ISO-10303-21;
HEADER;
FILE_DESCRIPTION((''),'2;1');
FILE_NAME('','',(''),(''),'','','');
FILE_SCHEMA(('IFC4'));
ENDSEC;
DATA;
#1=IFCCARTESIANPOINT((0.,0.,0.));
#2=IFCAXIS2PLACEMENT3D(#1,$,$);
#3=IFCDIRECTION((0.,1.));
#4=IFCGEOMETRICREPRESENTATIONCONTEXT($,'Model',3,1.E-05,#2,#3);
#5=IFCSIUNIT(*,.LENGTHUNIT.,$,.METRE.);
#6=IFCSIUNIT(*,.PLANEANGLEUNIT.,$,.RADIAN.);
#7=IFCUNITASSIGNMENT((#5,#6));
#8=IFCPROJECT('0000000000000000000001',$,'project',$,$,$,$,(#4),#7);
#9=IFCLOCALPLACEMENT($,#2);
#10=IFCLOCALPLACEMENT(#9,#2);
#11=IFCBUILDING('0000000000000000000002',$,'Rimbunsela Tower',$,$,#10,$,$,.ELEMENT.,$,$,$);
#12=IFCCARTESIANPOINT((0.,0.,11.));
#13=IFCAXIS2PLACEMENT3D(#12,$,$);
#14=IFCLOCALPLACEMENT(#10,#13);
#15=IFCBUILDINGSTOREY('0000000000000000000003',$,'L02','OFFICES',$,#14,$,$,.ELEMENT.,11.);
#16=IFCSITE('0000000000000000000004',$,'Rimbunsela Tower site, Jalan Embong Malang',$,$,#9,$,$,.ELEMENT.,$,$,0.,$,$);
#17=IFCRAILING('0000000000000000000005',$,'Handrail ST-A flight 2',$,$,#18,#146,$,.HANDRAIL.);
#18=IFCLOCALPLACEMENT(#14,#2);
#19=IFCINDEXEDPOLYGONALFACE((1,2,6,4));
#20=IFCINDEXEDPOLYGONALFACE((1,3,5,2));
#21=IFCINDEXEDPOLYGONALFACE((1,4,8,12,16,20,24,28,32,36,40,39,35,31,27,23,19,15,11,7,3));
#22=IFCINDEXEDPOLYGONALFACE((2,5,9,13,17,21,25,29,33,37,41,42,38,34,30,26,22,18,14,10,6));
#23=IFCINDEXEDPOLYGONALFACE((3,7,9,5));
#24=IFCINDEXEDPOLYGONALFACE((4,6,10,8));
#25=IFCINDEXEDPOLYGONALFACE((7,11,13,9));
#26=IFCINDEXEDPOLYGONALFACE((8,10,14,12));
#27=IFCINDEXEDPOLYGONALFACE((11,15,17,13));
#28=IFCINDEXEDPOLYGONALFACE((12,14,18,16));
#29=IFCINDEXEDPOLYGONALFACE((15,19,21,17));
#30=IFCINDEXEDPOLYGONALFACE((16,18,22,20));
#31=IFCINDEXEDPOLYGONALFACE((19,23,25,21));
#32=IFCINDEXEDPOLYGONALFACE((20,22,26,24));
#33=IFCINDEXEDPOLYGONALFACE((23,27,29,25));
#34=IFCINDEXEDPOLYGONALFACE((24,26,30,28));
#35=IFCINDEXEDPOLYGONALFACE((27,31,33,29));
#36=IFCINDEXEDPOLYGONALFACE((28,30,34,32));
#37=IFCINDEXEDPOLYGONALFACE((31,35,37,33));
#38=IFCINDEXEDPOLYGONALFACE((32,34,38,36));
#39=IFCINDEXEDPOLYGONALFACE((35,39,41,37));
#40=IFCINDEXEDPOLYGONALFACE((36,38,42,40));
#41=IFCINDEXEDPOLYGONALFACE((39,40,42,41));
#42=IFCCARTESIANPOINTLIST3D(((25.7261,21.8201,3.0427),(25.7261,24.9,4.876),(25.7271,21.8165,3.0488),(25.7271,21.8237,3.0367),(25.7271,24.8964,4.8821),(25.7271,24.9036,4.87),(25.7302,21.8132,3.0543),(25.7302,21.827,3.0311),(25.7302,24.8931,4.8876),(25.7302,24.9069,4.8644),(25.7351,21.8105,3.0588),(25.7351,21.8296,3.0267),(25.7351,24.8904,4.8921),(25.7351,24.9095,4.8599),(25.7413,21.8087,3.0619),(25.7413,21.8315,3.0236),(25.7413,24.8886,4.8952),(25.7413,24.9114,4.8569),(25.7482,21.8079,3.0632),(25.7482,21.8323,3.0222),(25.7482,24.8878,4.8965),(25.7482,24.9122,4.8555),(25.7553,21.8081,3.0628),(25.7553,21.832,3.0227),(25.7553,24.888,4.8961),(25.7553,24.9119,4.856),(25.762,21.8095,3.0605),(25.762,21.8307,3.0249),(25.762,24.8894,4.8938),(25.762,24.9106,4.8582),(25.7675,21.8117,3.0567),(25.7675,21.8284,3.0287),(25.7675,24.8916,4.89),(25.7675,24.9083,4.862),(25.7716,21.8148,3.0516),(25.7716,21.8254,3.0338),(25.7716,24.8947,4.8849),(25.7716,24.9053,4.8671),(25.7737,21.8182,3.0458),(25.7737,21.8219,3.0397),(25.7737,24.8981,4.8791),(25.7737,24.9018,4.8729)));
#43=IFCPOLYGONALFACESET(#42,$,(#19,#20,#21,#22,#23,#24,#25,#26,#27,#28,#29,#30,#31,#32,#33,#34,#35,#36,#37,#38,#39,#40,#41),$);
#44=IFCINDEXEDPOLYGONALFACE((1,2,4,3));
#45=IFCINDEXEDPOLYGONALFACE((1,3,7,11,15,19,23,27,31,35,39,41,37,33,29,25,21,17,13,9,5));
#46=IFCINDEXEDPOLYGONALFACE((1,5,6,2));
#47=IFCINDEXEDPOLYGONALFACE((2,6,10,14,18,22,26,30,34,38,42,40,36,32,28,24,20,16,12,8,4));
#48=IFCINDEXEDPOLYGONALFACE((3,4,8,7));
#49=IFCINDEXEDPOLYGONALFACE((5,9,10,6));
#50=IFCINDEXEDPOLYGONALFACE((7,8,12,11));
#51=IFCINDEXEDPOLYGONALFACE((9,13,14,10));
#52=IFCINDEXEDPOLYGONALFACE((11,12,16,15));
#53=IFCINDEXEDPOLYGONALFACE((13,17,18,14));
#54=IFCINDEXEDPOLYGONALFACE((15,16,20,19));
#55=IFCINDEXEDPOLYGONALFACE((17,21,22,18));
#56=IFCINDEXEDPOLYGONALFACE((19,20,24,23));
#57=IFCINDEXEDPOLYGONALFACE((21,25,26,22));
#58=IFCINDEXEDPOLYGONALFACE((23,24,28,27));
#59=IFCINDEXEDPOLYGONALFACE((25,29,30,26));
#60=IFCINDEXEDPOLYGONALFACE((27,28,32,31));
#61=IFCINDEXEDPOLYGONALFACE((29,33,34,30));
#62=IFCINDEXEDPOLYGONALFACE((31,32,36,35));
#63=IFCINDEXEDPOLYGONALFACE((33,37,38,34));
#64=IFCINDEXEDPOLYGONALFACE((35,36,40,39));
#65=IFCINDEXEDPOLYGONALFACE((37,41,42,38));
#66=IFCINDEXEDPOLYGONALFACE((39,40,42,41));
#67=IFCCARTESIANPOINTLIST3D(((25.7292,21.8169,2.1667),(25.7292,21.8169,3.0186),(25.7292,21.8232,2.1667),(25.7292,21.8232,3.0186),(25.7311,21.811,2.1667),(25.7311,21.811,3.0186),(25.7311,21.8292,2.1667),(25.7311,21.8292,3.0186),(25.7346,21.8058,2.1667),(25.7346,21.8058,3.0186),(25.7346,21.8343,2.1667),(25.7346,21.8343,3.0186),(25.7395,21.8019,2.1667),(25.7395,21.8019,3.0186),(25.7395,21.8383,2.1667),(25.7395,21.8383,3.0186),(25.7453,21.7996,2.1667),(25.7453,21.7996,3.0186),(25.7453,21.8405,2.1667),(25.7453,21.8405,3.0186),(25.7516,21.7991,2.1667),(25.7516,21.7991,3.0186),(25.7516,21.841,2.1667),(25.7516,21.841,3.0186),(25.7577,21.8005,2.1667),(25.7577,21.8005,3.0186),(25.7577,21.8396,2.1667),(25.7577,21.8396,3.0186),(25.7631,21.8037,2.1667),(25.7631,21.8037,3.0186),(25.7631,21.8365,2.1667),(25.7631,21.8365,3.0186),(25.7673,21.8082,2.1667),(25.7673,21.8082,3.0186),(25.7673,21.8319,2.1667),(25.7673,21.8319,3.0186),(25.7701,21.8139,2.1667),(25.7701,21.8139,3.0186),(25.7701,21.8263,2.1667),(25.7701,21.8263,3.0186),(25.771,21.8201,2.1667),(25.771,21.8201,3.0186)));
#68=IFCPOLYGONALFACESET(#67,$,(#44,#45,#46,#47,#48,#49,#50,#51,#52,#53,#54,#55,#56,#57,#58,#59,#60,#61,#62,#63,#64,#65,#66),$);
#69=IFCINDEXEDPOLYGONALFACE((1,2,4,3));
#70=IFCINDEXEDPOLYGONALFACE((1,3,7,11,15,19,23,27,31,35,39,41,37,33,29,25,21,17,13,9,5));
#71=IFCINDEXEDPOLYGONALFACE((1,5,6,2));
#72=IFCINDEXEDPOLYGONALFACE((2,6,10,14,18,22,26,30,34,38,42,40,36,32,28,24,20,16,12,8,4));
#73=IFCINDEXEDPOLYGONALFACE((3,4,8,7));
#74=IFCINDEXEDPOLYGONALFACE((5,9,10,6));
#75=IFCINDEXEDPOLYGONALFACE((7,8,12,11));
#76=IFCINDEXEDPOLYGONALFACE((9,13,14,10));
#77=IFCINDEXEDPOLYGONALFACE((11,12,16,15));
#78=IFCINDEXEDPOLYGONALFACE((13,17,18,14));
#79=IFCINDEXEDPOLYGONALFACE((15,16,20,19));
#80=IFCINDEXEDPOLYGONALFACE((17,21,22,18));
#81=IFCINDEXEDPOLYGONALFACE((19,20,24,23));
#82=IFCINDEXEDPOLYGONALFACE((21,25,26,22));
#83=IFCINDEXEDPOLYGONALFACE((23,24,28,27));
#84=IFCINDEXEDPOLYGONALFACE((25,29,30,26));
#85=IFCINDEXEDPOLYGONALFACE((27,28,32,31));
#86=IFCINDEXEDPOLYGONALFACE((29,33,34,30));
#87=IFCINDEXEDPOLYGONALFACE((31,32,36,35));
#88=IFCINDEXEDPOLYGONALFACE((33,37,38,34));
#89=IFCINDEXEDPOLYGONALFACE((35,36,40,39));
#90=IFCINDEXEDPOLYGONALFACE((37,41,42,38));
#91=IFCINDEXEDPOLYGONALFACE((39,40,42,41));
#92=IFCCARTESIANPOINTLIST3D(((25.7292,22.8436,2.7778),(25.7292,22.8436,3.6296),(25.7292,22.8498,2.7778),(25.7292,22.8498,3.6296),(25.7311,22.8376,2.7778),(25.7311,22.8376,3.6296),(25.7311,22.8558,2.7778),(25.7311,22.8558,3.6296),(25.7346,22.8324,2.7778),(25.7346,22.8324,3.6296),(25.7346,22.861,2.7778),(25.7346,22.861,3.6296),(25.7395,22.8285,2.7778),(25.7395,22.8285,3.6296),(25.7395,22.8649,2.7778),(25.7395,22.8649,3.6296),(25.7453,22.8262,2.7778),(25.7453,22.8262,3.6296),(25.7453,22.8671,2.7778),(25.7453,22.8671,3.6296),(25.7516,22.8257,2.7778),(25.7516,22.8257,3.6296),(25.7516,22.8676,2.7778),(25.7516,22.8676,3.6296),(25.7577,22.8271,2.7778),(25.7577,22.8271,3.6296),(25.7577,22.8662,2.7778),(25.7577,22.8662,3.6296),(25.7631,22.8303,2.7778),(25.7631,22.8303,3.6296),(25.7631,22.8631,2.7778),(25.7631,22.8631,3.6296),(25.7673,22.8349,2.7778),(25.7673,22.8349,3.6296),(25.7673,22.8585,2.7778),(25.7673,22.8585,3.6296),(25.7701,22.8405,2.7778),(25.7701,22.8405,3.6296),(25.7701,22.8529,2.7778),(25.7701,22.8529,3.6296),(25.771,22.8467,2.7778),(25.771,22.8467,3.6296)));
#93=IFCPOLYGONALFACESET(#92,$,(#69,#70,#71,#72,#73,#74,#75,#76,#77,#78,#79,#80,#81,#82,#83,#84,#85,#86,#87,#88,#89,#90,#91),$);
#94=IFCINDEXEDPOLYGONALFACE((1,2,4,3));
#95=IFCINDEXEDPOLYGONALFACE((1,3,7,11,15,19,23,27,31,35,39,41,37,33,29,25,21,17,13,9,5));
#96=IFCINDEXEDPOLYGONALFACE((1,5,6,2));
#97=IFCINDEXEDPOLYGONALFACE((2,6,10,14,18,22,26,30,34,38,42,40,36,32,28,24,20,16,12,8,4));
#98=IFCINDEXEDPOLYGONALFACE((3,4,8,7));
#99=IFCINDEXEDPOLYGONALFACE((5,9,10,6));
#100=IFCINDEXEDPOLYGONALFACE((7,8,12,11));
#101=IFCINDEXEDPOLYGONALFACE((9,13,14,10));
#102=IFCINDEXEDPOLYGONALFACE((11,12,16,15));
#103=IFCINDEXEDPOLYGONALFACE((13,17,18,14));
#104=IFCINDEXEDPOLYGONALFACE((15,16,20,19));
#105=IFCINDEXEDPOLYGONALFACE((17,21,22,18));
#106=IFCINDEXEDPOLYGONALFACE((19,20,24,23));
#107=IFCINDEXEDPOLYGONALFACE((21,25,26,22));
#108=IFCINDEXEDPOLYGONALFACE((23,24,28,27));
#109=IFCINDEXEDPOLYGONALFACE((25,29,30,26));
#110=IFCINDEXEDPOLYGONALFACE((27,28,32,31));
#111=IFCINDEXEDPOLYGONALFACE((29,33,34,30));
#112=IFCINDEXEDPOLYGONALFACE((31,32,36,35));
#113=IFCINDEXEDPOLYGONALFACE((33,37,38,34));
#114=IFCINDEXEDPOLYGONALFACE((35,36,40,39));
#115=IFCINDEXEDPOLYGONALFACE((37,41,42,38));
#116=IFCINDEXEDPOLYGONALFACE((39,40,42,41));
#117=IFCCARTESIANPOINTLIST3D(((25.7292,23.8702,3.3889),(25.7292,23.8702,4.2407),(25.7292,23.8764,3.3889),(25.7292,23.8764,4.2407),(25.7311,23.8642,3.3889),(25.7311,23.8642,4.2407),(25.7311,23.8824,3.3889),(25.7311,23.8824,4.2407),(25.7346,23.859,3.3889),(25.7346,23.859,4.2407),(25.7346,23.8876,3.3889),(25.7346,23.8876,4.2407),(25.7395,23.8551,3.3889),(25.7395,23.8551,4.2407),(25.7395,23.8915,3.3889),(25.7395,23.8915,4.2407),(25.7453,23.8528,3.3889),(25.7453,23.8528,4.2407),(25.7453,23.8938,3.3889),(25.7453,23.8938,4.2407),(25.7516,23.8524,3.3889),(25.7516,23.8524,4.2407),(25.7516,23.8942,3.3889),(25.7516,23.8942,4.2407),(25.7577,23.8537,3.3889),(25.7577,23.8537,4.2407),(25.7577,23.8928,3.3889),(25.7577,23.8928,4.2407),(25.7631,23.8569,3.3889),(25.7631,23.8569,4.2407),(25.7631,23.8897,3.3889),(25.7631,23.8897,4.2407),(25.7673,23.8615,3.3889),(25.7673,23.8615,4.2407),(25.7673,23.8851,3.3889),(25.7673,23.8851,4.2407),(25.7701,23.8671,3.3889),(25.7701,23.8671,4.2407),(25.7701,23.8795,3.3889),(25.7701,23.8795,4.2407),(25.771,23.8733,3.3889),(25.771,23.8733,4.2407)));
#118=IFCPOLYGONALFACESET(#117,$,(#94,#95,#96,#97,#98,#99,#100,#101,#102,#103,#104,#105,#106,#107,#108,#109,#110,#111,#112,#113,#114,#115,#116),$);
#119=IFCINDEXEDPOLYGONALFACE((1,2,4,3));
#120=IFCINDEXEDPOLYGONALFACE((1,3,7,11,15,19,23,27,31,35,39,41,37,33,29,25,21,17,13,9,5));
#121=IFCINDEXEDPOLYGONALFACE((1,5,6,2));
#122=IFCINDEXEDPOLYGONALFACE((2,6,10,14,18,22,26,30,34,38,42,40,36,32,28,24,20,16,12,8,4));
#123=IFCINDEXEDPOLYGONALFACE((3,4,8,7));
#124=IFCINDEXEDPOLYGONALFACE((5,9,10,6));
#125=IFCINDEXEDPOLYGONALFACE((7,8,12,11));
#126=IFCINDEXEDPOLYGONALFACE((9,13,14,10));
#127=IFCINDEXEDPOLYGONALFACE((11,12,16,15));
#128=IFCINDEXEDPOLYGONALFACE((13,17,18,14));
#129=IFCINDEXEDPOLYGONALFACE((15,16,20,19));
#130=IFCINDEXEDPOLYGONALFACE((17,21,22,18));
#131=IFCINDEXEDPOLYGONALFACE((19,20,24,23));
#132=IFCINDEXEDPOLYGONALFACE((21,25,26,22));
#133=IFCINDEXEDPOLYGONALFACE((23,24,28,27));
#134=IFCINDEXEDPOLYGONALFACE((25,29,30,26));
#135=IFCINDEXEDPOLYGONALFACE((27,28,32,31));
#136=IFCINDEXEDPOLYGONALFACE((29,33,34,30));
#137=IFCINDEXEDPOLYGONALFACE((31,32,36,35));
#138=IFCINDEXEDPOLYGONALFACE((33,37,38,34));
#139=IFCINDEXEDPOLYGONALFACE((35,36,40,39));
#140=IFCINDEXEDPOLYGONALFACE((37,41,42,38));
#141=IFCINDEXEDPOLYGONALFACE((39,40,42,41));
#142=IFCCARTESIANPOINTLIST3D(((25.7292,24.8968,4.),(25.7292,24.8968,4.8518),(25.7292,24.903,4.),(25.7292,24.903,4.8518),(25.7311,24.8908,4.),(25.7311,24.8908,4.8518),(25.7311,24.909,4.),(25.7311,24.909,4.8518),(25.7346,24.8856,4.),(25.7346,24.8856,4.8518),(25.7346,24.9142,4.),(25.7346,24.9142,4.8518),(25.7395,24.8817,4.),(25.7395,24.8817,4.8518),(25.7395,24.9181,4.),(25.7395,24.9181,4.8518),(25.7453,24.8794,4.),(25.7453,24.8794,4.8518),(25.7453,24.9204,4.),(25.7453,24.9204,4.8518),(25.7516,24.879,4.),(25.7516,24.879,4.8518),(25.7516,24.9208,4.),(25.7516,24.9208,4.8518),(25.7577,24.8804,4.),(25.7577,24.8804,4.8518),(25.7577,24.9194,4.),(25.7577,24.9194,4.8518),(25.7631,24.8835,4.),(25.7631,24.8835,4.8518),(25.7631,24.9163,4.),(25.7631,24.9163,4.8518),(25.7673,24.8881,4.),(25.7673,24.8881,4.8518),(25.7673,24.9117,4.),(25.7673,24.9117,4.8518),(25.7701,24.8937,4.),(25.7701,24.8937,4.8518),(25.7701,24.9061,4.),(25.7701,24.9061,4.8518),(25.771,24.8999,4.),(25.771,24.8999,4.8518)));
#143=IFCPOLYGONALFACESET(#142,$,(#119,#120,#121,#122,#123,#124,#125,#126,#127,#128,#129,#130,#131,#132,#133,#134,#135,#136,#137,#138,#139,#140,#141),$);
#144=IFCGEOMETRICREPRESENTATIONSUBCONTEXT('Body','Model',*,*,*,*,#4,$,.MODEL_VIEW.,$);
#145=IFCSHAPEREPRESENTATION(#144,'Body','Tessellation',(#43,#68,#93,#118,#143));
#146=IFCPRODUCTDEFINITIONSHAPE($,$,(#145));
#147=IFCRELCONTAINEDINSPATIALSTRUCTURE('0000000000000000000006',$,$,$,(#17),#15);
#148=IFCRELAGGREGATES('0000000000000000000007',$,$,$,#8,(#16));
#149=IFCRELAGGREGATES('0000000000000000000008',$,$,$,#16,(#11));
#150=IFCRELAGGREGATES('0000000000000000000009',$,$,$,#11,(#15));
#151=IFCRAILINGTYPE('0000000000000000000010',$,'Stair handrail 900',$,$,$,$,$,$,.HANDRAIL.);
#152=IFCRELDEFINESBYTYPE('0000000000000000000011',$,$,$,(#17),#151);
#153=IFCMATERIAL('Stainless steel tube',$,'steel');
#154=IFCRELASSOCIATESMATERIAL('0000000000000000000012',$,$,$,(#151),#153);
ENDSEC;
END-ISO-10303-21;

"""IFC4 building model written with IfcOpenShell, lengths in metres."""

from ifc_helpers import new_model, si_unit, direction, frame, origin, origin_2d, place, context, subcontext, project, spatial, circle, extrude, material, type_object, element, save


model = new_model("IFC4")

# Units and contexts
model_context = context("Model", 3, precision=1e-05, world=origin(), true_north=direction((0.0, 1.0)))
body_context = subcontext(model_context, "Body", "Model", "MODEL_VIEW")
ifc_project = project(units=[si_unit("LENGTHUNIT", "METRE"), si_unit("PLANEANGLEUNIT", "RADIAN")], contexts=[model_context])

# Site, building, storey
site_placement = place(None, origin())
site = spatial("IfcSite", under=ifc_project, at=site_placement, Name="Rimbunsela Tower site, Jalan Embong Malang", CompositionType="ELEMENT", RefElevation=0.0)
building_placement = place(site_placement, origin())
building = spatial("IfcBuilding", under=site, at=building_placement, Name="Rimbunsela Tower", CompositionType="ELEMENT")
storey_placement = place(building_placement, frame((0.0, 0.0, 11.0)))
storey = spatial("IfcBuildingStorey", under=building, at=storey_placement, Name="L02", Description="OFFICES", CompositionType="ELEMENT", Elevation=11.0)

# Railing
ifc_material_1 = material(Name="Stainless steel tube", Category="steel")
railing_type = type_object("IfcRailingType", Name="Stair handrail 900", PredefinedType="HANDRAIL", material=ifc_material_1)
railing_1_placement = place(storey_placement, frame((25.75, 21.8201, 2.1667)))
element("IfcRailing", 1, at=railing_1_placement, inside=storey, type_object=railing_type, Name="Handrail ST-A flight 2", PredefinedType="HANDRAIL", context=body_context, shape_type="SweptSolid", body=[
    extrude(circle(Radius=0.0239, at=origin_2d()), frame((0.0, 0.0, 0.876), z_axis=(0.0, 0.859291, 0.511487), x_axis=(-1.0, 0.0, 0.0)), (0.0, 0.0, 1.0), 3.5842),
    extrude(circle(Radius=0.021, at=origin_2d()), origin(), (0.0, 0.0, 1.0), 0.8518),
    extrude(circle(Radius=0.021, at=origin_2d()), frame((0.0, 1.0266, 0.6111)), (0.0, 0.0, 1.0), 0.8518),
    extrude(circle(Radius=0.021, at=origin_2d()), frame((0.0, 2.0532, 1.2222)), (0.0, 0.0, 1.0), 0.8518),
    extrude(circle(Radius=0.021, at=origin_2d()), frame((0.0, 3.0798, 1.8333)), (0.0, 0.0, 1.0), 0.8518),
])

save(model, "model.ifc")
